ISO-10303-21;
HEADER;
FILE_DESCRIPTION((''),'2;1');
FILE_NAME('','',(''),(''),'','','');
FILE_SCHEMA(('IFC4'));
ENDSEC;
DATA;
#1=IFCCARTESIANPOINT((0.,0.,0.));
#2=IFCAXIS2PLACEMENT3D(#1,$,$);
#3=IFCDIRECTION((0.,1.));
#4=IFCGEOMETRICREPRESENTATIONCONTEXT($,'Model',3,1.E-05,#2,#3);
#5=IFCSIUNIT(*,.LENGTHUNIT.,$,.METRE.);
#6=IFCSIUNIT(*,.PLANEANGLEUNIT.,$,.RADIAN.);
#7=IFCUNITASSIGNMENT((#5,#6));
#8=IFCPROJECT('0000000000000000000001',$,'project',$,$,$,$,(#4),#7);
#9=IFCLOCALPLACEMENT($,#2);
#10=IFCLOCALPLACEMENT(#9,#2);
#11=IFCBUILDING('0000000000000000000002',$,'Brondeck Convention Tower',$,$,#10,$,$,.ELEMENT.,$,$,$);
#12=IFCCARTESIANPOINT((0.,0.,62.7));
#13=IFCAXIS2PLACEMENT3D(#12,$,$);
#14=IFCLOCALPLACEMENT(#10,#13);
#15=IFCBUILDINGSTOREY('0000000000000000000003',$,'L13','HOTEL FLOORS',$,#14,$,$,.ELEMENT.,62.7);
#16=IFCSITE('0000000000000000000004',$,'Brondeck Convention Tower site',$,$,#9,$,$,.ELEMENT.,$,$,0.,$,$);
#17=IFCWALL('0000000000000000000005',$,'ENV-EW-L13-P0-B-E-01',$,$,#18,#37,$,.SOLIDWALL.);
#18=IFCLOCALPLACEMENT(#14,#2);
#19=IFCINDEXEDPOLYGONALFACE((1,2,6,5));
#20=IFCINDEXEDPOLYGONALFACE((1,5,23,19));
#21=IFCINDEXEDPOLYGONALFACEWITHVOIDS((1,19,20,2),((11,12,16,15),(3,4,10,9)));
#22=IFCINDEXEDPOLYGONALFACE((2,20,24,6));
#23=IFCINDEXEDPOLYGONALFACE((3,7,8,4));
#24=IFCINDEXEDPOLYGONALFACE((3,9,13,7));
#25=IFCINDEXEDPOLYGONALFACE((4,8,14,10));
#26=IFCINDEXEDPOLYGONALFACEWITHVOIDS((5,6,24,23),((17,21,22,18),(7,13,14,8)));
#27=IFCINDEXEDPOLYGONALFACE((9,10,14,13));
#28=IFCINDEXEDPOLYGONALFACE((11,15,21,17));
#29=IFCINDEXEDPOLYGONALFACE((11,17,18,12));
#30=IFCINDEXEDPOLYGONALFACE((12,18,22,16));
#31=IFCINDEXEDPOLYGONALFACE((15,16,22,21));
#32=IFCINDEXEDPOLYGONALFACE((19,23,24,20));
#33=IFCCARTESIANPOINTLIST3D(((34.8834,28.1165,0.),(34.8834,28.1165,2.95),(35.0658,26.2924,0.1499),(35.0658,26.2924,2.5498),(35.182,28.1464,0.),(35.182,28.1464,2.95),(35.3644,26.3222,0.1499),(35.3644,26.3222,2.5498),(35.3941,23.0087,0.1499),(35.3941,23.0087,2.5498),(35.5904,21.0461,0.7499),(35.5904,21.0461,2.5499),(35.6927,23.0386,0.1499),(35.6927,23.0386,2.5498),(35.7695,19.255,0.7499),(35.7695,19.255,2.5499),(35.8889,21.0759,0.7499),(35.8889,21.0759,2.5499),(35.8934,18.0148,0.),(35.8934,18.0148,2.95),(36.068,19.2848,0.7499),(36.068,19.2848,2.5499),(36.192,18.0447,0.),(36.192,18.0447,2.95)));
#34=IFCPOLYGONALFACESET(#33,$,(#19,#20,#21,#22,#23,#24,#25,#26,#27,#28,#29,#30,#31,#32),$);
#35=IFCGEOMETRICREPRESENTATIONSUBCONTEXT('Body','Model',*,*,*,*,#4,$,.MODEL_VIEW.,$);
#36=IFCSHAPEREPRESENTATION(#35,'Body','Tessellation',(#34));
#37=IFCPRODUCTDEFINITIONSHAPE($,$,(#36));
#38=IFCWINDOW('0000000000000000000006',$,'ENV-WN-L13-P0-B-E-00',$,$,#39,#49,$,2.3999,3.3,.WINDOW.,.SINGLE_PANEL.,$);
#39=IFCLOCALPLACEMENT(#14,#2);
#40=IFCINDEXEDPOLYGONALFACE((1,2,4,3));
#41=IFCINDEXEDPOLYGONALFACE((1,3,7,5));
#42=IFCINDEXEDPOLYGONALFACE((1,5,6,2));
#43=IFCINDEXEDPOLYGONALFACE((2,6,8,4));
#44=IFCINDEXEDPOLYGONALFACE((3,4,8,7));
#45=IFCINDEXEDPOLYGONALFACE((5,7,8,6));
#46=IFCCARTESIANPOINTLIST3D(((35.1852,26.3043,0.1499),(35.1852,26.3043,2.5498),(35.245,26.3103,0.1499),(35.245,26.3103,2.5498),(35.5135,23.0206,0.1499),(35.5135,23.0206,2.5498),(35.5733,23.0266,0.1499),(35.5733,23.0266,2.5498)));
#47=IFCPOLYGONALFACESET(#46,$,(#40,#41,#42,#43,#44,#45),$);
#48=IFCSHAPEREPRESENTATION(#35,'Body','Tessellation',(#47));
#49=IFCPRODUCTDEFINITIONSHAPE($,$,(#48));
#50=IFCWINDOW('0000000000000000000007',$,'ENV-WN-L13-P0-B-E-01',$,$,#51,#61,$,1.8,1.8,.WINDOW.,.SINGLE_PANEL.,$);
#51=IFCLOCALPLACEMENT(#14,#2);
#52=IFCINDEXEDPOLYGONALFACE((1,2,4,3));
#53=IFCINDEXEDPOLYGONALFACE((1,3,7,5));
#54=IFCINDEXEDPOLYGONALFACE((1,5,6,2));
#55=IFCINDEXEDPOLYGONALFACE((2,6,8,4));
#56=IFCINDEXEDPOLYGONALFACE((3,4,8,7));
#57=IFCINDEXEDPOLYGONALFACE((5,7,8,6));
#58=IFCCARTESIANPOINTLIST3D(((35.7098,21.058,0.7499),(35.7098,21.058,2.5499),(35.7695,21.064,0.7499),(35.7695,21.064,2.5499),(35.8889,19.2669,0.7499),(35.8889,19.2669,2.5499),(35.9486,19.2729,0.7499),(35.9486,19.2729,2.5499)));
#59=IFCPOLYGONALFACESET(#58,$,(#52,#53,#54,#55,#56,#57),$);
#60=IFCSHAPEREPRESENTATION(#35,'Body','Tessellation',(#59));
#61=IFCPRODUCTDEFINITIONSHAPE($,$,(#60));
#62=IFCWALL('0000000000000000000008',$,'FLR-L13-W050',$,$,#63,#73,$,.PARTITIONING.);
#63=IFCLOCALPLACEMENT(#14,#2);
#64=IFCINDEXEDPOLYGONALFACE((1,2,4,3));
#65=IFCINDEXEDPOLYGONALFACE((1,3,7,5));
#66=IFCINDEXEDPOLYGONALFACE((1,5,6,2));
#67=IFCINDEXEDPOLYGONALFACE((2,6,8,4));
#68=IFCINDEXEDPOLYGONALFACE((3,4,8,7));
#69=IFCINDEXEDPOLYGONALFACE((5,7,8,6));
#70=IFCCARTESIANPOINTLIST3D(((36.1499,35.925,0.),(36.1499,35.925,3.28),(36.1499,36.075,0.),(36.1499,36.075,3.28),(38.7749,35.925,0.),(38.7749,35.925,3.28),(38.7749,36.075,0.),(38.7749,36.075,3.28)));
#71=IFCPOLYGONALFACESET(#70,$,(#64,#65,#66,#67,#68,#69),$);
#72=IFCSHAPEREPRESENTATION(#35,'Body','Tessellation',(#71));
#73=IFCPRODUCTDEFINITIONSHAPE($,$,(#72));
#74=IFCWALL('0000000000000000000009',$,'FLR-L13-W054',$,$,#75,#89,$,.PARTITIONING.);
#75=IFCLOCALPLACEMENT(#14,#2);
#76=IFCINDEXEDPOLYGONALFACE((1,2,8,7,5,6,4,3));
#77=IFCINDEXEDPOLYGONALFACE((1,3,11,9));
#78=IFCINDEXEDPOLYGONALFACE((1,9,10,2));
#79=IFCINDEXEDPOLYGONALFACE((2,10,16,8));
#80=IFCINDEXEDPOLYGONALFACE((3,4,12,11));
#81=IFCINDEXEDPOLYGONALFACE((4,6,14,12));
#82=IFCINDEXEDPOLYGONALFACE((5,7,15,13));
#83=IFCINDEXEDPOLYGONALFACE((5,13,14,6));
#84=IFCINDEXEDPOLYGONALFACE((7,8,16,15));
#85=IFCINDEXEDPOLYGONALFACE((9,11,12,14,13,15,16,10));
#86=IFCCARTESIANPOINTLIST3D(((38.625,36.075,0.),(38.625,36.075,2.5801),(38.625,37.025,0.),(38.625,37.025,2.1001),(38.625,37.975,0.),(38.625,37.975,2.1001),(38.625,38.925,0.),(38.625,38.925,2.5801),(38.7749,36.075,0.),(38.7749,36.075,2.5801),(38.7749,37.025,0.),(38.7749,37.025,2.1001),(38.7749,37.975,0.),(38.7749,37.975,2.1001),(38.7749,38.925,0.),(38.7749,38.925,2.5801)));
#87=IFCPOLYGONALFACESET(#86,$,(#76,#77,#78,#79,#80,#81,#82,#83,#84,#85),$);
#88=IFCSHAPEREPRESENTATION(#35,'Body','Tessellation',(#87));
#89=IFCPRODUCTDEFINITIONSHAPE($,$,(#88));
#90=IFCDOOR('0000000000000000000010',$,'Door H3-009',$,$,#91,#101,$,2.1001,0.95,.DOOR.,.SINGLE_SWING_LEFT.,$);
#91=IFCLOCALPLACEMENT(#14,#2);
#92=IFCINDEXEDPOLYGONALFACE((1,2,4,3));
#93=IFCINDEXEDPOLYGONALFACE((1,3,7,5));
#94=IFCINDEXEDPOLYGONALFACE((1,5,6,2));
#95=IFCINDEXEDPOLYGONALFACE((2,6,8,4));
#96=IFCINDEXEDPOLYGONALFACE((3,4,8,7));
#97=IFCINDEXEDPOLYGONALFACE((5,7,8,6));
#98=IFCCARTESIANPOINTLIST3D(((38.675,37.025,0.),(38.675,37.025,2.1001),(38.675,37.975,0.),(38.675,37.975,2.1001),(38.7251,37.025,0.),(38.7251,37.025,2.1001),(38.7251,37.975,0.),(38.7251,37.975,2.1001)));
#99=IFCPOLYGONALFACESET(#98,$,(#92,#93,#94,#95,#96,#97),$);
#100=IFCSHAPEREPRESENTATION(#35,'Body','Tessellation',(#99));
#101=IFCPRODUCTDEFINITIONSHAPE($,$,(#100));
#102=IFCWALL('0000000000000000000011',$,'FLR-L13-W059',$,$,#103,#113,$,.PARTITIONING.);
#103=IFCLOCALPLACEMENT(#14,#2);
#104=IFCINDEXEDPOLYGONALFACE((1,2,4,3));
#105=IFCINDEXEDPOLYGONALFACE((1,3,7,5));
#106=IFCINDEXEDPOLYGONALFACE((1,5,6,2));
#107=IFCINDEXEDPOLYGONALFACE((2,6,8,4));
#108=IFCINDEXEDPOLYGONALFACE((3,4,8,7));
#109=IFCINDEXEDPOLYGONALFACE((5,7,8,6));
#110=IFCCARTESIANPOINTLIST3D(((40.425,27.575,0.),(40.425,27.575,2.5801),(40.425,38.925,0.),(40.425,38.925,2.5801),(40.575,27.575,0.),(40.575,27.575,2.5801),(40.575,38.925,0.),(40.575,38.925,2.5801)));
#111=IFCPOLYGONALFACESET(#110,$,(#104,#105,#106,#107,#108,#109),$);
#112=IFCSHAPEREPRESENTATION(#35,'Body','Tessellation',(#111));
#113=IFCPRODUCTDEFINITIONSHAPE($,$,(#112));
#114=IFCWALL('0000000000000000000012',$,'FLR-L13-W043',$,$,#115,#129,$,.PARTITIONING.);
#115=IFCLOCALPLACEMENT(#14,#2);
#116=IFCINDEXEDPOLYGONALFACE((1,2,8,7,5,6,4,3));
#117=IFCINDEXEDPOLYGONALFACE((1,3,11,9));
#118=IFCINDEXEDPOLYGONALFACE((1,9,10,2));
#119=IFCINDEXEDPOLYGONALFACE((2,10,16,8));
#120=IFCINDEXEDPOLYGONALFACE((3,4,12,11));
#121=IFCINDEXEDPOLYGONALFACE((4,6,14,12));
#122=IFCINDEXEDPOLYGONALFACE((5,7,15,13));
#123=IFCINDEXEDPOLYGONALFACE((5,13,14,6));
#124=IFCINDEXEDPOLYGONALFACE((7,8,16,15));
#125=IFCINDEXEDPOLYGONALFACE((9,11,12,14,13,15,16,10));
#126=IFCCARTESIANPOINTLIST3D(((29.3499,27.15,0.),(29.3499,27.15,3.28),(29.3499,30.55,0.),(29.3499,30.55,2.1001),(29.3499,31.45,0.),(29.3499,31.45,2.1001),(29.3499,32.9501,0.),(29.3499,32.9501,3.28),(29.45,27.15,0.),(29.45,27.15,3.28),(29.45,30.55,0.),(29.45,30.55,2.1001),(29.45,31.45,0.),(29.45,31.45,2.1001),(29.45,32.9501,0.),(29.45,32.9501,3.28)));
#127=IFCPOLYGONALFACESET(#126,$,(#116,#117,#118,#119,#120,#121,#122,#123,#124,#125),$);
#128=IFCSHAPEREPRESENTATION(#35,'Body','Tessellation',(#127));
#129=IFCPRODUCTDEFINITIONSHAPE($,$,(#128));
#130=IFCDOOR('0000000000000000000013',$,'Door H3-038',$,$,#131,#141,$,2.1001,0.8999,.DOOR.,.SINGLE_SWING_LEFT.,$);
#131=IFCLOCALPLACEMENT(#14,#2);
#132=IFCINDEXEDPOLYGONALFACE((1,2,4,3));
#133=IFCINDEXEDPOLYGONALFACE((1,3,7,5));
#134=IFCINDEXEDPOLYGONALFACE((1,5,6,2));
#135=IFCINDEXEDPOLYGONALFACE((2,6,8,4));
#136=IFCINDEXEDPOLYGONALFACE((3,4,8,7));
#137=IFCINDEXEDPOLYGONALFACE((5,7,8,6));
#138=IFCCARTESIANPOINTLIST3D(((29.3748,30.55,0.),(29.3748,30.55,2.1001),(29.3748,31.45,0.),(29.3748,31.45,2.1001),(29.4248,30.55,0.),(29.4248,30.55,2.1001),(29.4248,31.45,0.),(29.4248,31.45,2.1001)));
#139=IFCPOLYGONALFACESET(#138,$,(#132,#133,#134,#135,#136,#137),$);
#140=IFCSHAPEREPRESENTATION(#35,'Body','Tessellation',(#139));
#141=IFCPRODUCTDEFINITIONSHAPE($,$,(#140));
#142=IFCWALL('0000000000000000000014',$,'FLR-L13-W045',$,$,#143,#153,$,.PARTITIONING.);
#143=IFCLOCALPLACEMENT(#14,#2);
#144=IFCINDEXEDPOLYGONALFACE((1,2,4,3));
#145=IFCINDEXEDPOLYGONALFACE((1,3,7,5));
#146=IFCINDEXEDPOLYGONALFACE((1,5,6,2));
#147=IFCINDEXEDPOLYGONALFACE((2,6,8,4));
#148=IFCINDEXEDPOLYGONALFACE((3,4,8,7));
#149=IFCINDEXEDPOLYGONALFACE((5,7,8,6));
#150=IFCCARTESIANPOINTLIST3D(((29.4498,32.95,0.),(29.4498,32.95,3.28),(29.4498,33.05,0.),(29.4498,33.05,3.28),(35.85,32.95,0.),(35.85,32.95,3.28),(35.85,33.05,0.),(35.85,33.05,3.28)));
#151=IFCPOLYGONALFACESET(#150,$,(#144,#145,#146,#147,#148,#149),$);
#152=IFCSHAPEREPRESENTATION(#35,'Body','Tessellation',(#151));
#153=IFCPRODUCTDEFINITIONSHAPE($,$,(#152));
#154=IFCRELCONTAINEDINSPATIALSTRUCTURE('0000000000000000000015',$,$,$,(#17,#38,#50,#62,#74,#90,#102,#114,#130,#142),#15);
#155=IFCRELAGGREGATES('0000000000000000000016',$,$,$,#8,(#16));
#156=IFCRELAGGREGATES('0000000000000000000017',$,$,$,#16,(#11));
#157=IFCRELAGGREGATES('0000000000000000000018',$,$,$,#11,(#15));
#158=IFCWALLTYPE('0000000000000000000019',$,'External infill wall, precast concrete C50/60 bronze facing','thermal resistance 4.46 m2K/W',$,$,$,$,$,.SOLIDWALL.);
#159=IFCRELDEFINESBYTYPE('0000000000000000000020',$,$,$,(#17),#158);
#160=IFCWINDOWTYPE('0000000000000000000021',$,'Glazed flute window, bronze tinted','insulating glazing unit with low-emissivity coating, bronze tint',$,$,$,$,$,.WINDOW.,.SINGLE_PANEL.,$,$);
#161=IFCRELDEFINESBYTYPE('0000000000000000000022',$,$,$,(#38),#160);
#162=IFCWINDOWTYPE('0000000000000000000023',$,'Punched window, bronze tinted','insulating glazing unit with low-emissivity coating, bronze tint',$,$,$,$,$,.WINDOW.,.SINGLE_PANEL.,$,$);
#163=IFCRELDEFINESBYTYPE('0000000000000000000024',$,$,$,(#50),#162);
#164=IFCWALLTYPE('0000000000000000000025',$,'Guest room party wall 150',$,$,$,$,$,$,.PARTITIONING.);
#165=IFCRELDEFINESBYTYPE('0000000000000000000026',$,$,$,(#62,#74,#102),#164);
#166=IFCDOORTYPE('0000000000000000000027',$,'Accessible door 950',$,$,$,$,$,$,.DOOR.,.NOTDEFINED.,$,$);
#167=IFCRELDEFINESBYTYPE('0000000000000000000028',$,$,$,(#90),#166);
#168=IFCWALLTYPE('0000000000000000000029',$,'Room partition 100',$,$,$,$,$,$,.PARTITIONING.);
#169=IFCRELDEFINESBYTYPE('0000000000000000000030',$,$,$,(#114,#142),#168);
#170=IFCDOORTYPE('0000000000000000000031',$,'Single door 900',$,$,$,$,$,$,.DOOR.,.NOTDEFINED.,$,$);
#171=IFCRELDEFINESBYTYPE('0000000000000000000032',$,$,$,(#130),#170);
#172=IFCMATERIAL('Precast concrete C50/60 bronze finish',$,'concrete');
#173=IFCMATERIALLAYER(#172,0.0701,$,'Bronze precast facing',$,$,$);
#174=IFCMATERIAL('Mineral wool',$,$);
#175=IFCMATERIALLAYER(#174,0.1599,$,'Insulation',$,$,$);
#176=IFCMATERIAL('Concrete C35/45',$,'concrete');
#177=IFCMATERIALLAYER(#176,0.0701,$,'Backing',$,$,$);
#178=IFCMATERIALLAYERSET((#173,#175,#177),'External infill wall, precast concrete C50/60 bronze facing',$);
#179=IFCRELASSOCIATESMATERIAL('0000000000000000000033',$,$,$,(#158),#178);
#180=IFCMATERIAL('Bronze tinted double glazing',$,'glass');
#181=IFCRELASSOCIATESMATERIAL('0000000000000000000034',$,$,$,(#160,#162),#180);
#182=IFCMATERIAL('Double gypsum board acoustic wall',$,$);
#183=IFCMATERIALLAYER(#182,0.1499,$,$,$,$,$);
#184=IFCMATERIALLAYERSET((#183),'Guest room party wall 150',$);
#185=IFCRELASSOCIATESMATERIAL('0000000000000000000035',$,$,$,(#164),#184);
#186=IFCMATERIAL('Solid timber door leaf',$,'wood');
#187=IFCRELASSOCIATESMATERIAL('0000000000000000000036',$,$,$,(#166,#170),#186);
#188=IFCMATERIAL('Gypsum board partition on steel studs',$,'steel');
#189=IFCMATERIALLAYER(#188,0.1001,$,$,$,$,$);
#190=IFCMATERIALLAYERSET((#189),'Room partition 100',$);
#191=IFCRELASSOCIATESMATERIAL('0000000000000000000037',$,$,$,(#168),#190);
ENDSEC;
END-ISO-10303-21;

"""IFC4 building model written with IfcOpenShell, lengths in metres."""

from ifc_helpers import new_model, si_unit, direction, frame, frame_2d, origin, place, context, subcontext, project, spatial, rectangle, extrude, material, layer, layer_set, type_object, element, fill, save


model = new_model("IFC4")

# Units and contexts
model_context = context("Model", 3, precision=1e-05, world=origin(), true_north=direction((0.0, 1.0)))
body_context = subcontext(model_context, "Body", "Model", "MODEL_VIEW")
ifc_project = project(units=[si_unit("LENGTHUNIT", "METRE"), si_unit("PLANEANGLEUNIT", "RADIAN")], contexts=[model_context])

# Site, building, storey
site_placement = place(None, origin())
site = spatial("IfcSite", under=ifc_project, at=site_placement, Name="Brondeck Convention Tower site", CompositionType="ELEMENT", RefElevation=0.0)
building_placement = place(site_placement, origin())
building = spatial("IfcBuilding", under=site, at=building_placement, Name="Brondeck Convention Tower", CompositionType="ELEMENT")
storey_placement = place(building_placement, frame((0.0, 0.0, 62.7)))
storey = spatial("IfcBuildingStorey", under=building, at=storey_placement, Name="L13", Description="HOTEL FLOORS", CompositionType="ELEMENT", Elevation=62.7)

# Wall, openings, windows
ifc_material_1 = material(Name="Precast concrete C50/60 bronze finish", Category="concrete")
ifc_layer_1 = layer(ifc_material_1, 0.0701, Name="Bronze precast facing")
ifc_material_2 = material(Name="Mineral wool")
ifc_layer_2 = layer(ifc_material_2, 0.1599, Name="Insulation")
ifc_material_3 = material(Name="Concrete C35/45", Category="concrete")
ifc_layer_3 = layer(ifc_material_3, 0.0701, Name="Backing")
ifc_layer_set_1 = layer_set([ifc_layer_1, ifc_layer_2, ifc_layer_3], Name="External infill wall, precast concrete C50/60 bronze facing")
wall_type_1 = type_object("IfcWallType", Name="External infill wall, precast concrete C50/60 bronze facing", Description="thermal resistance 4.46 m2K/W", PredefinedType="SOLIDWALL", material=ifc_layer_set_1)
wall_1_placement = place(storey_placement, frame((35.0327, 28.1316, 0.0), z_axis=(0.0, 0.0, 1.0), x_axis=(0.099487, -0.995039, 0.0)))
wall_1 = element("IfcWall", 1, at=wall_1_placement, inside=storey, type_object=wall_type_1, Name="ENV-EW-L13-P0-B-E-01", PredefinedType="SOLIDWALL", context=body_context, shape_type="SweptSolid", body=[
    extrude(rectangle(XDim=10.1521, YDim=0.3, at=frame_2d((5.0762, 0.0))), origin(), (0.0, 0.0, 1.0), 2.95),
])
opening_1_placement = place(wall_1_placement, frame((1.8335, 0.0, 0.1499)))
opening_1 = element("IfcOpeningElement", 2, at=opening_1_placement, cuts=wall_1, PredefinedType="OPENING", context=body_context, shape_type="SweptSolid", body=[
    extrude(rectangle(XDim=3.3, YDim=2.3999, at=frame_2d((1.6499, 1.2))), frame((0.0, 0.1599, 0.0), z_axis=(0.0, -1.0, 0.0), x_axis=(1.0, 0.0, 0.0)), (0.0, 0.0, 1.0), 0.3201),
])
opening_2_placement = place(wall_1_placement, frame((7.106, 0.0, 0.75)))
opening_2 = element("IfcOpeningElement", 3, at=opening_2_placement, cuts=wall_1, PredefinedType="OPENING", context=body_context, shape_type="SweptSolid", body=[
    extrude(rectangle(XDim=1.8, YDim=1.8, at=frame_2d((0.8999, 0.8999))), frame((0.0, 0.1599, 0.0), z_axis=(0.0, -1.0, 0.0), x_axis=(1.0, 0.0, 0.0)), (0.0, 0.0, 1.0), 0.3201),
])
ifc_material_4 = material(Name="Bronze tinted double glazing", Category="glass")
window_type_1 = type_object("IfcWindowType", Name="Glazed flute window, bronze tinted", Description="insulating glazing unit with low-emissivity coating, bronze tint", PartitioningType="SINGLE_PANEL", PredefinedType="WINDOW", material=ifc_material_4)
window_1_placement = place(opening_1_placement, origin())
window_1 = element("IfcWindow", 4, at=window_1_placement, inside=storey, type_object=window_type_1, Name="ENV-WN-L13-P0-B-E-00", OverallHeight=2.3999, OverallWidth=3.3, PartitioningType="SINGLE_PANEL", PredefinedType="WINDOW", context=body_context, shape_type="SweptSolid", body=[
    extrude(rectangle(XDim=3.3, YDim=2.3999, at=frame_2d((1.6499, 1.2))), frame((0.0, 0.03, 0.0), z_axis=(0.0, -1.0, 0.0), x_axis=(1.0, 0.0, 0.0)), (0.0, 0.0, 1.0), 0.0601),
])
fill(opening_1, window_1)
window_type_2 = type_object("IfcWindowType", Name="Punched window, bronze tinted", Description="insulating glazing unit with low-emissivity coating, bronze tint", PartitioningType="SINGLE_PANEL", PredefinedType="WINDOW", material=ifc_material_4)
window_2_placement = place(opening_2_placement, origin())
window_2 = element("IfcWindow", 5, at=window_2_placement, inside=storey, type_object=window_type_2, Name="ENV-WN-L13-P0-B-E-01", OverallHeight=1.8, OverallWidth=1.8, PartitioningType="SINGLE_PANEL", PredefinedType="WINDOW", context=body_context, shape_type="SweptSolid", body=[
    extrude(rectangle(XDim=1.8, YDim=1.8, at=frame_2d((0.8999, 0.8999))), frame((0.0, 0.03, 0.0), z_axis=(0.0, -1.0, 0.0), x_axis=(1.0, 0.0, 0.0)), (0.0, 0.0, 1.0), 0.0601),
])
fill(opening_2, window_2)

# Wall
ifc_material_5 = material(Name="Double gypsum board acoustic wall")
ifc_layer_4 = layer(ifc_material_5, 0.1499)
ifc_layer_set_2 = layer_set([ifc_layer_4], Name="Guest room party wall 150")
wall_type_2 = type_object("IfcWallType", Name="Guest room party wall 150", PredefinedType="PARTITIONING", material=ifc_layer_set_2)
wall_2_placement = place(storey_placement, frame((36.1499, 36.0, 0.0), z_axis=(0.0, 0.0, 1.0), x_axis=(1.0, 0.0, 0.0)))
element("IfcWall", 6, at=wall_2_placement, inside=storey, type_object=wall_type_2, Name="FLR-L13-W050", PredefinedType="PARTITIONING", context=body_context, shape_type="SweptSolid", body=[
    extrude(rectangle(XDim=2.625, YDim=0.1499, at=frame_2d((1.3125, 0.0))), origin(), (0.0, 0.0, 1.0), 3.28),
])

# Wall, opening, door
wall_3_placement = place(storey_placement, frame((38.7, 36.075, 0.0), z_axis=(0.0, 0.0, 1.0), x_axis=(0.0, 1.0, 0.0)))
wall_3 = element("IfcWall", 7, at=wall_3_placement, inside=storey, type_object=wall_type_2, Name="FLR-L13-W054", PredefinedType="PARTITIONING", context=body_context, shape_type="SweptSolid", body=[
    extrude(rectangle(XDim=2.8501, YDim=0.1499, at=frame_2d((1.425, 0.0))), origin(), (0.0, 0.0, 1.0), 2.5801),
])
opening_3_placement = place(wall_3_placement, frame((0.95, 0.0, 0.0)))
opening_3 = element("IfcOpeningElement", 8, at=opening_3_placement, cuts=wall_3, PredefinedType="OPENING", context=body_context, shape_type="SweptSolid", body=[
    extrude(rectangle(XDim=0.95, YDim=2.1001, at=frame_2d((0.4751, 1.05))), frame((0.0, 0.085, 0.0), z_axis=(0.0, -1.0, 0.0), x_axis=(1.0, 0.0, 0.0)), (0.0, 0.0, 1.0), 0.1699),
])
ifc_material_6 = material(Name="Solid timber door leaf", Category="wood")
door_type_1 = type_object("IfcDoorType", Name="Accessible door 950", OperationType="NOTDEFINED", PredefinedType="DOOR", material=ifc_material_6)
door_1_placement = place(opening_3_placement, origin())
door_1 = element("IfcDoor", 9, at=door_1_placement, inside=storey, type_object=door_type_1, Name="Door H3-009", OperationType="SINGLE_SWING_LEFT", OverallHeight=2.1001, OverallWidth=0.95, PredefinedType="DOOR", context=body_context, shape_type="SweptSolid", body=[
    extrude(rectangle(XDim=0.95, YDim=2.1001, at=frame_2d((0.4751, 1.05))), frame((0.0, 0.0249, 0.0), z_axis=(0.0, -1.0, 0.0), x_axis=(1.0, 0.0, 0.0)), (0.0, 0.0, 1.0), 0.05),
])
fill(opening_3, door_1)

# Wall
wall_4_placement = place(storey_placement, frame((40.5, 38.925, 0.0), z_axis=(0.0, 0.0, 1.0), x_axis=(0.0, -1.0, 0.0)))
element("IfcWall", 10, at=wall_4_placement, inside=storey, type_object=wall_type_2, Name="FLR-L13-W059", PredefinedType="PARTITIONING", context=body_context, shape_type="SweptSolid", body=[
    extrude(rectangle(XDim=11.3501, YDim=0.1499, at=frame_2d((5.675, 0.0))), origin(), (0.0, 0.0, 1.0), 2.5801),
])

# Wall, opening, door
ifc_material_7 = material(Name="Gypsum board partition on steel studs", Category="steel")
ifc_layer_5 = layer(ifc_material_7, 0.1001)
ifc_layer_set_3 = layer_set([ifc_layer_5], Name="Room partition 100")
wall_type_3 = type_object("IfcWallType", Name="Room partition 100", PredefinedType="PARTITIONING", material=ifc_layer_set_3)
wall_5_placement = place(storey_placement, frame((29.3999, 32.95, 0.0), z_axis=(0.0, 0.0, 1.0), x_axis=(0.0, -1.0, 0.0)))
wall_5 = element("IfcWall", 11, at=wall_5_placement, inside=storey, type_object=wall_type_3, Name="FLR-L13-W043", PredefinedType="PARTITIONING", context=body_context, shape_type="SweptSolid", body=[
    extrude(rectangle(XDim=5.8, YDim=0.1001, at=frame_2d((2.8999, 0.0))), origin(), (0.0, 0.0, 1.0), 3.28),
])
opening_4_placement = place(wall_5_placement, frame((1.5, 0.0, 0.0)))
opening_4 = element("IfcOpeningElement", 12, at=opening_4_placement, cuts=wall_5, PredefinedType="OPENING", context=body_context, shape_type="SweptSolid", body=[
    extrude(rectangle(XDim=0.8999, YDim=2.1001, at=frame_2d((0.45, 1.05))), frame((0.0, 0.0601, 0.0), z_axis=(0.0, -1.0, 0.0), x_axis=(1.0, 0.0, 0.0)), (0.0, 0.0, 1.0), 0.1201),
])
door_type_2 = type_object("IfcDoorType", Name="Single door 900", OperationType="NOTDEFINED", PredefinedType="DOOR", material=ifc_material_6)
door_2_placement = place(opening_4_placement, origin())
door_2 = element("IfcDoor", 13, at=door_2_placement, inside=storey, type_object=door_type_2, Name="Door H3-038", OperationType="SINGLE_SWING_LEFT", OverallHeight=2.1001, OverallWidth=0.8999, PredefinedType="DOOR", context=body_context, shape_type="SweptSolid", body=[
    extrude(rectangle(XDim=0.8999, YDim=2.1001, at=frame_2d((0.45, 1.05))), frame((0.0, 0.0249, 0.0), z_axis=(0.0, -1.0, 0.0), x_axis=(1.0, 0.0, 0.0)), (0.0, 0.0, 1.0), 0.05),
])
fill(opening_4, door_2)

# Wall
wall_6_placement = place(storey_placement, frame((35.8501, 33.0, 0.0), z_axis=(0.0, 0.0, 1.0), x_axis=(-1.0, 0.0, 0.0)))
element("IfcWall", 14, at=wall_6_placement, inside=storey, type_object=wall_type_3, Name="FLR-L13-W045", PredefinedType="PARTITIONING", context=body_context, shape_type="SweptSolid", body=[
    extrude(rectangle(XDim=6.4001, YDim=0.1001, at=frame_2d((3.2002, 0.0))), origin(), (0.0, 0.0, 1.0), 3.28),
])

save(model, "model.ifc")
